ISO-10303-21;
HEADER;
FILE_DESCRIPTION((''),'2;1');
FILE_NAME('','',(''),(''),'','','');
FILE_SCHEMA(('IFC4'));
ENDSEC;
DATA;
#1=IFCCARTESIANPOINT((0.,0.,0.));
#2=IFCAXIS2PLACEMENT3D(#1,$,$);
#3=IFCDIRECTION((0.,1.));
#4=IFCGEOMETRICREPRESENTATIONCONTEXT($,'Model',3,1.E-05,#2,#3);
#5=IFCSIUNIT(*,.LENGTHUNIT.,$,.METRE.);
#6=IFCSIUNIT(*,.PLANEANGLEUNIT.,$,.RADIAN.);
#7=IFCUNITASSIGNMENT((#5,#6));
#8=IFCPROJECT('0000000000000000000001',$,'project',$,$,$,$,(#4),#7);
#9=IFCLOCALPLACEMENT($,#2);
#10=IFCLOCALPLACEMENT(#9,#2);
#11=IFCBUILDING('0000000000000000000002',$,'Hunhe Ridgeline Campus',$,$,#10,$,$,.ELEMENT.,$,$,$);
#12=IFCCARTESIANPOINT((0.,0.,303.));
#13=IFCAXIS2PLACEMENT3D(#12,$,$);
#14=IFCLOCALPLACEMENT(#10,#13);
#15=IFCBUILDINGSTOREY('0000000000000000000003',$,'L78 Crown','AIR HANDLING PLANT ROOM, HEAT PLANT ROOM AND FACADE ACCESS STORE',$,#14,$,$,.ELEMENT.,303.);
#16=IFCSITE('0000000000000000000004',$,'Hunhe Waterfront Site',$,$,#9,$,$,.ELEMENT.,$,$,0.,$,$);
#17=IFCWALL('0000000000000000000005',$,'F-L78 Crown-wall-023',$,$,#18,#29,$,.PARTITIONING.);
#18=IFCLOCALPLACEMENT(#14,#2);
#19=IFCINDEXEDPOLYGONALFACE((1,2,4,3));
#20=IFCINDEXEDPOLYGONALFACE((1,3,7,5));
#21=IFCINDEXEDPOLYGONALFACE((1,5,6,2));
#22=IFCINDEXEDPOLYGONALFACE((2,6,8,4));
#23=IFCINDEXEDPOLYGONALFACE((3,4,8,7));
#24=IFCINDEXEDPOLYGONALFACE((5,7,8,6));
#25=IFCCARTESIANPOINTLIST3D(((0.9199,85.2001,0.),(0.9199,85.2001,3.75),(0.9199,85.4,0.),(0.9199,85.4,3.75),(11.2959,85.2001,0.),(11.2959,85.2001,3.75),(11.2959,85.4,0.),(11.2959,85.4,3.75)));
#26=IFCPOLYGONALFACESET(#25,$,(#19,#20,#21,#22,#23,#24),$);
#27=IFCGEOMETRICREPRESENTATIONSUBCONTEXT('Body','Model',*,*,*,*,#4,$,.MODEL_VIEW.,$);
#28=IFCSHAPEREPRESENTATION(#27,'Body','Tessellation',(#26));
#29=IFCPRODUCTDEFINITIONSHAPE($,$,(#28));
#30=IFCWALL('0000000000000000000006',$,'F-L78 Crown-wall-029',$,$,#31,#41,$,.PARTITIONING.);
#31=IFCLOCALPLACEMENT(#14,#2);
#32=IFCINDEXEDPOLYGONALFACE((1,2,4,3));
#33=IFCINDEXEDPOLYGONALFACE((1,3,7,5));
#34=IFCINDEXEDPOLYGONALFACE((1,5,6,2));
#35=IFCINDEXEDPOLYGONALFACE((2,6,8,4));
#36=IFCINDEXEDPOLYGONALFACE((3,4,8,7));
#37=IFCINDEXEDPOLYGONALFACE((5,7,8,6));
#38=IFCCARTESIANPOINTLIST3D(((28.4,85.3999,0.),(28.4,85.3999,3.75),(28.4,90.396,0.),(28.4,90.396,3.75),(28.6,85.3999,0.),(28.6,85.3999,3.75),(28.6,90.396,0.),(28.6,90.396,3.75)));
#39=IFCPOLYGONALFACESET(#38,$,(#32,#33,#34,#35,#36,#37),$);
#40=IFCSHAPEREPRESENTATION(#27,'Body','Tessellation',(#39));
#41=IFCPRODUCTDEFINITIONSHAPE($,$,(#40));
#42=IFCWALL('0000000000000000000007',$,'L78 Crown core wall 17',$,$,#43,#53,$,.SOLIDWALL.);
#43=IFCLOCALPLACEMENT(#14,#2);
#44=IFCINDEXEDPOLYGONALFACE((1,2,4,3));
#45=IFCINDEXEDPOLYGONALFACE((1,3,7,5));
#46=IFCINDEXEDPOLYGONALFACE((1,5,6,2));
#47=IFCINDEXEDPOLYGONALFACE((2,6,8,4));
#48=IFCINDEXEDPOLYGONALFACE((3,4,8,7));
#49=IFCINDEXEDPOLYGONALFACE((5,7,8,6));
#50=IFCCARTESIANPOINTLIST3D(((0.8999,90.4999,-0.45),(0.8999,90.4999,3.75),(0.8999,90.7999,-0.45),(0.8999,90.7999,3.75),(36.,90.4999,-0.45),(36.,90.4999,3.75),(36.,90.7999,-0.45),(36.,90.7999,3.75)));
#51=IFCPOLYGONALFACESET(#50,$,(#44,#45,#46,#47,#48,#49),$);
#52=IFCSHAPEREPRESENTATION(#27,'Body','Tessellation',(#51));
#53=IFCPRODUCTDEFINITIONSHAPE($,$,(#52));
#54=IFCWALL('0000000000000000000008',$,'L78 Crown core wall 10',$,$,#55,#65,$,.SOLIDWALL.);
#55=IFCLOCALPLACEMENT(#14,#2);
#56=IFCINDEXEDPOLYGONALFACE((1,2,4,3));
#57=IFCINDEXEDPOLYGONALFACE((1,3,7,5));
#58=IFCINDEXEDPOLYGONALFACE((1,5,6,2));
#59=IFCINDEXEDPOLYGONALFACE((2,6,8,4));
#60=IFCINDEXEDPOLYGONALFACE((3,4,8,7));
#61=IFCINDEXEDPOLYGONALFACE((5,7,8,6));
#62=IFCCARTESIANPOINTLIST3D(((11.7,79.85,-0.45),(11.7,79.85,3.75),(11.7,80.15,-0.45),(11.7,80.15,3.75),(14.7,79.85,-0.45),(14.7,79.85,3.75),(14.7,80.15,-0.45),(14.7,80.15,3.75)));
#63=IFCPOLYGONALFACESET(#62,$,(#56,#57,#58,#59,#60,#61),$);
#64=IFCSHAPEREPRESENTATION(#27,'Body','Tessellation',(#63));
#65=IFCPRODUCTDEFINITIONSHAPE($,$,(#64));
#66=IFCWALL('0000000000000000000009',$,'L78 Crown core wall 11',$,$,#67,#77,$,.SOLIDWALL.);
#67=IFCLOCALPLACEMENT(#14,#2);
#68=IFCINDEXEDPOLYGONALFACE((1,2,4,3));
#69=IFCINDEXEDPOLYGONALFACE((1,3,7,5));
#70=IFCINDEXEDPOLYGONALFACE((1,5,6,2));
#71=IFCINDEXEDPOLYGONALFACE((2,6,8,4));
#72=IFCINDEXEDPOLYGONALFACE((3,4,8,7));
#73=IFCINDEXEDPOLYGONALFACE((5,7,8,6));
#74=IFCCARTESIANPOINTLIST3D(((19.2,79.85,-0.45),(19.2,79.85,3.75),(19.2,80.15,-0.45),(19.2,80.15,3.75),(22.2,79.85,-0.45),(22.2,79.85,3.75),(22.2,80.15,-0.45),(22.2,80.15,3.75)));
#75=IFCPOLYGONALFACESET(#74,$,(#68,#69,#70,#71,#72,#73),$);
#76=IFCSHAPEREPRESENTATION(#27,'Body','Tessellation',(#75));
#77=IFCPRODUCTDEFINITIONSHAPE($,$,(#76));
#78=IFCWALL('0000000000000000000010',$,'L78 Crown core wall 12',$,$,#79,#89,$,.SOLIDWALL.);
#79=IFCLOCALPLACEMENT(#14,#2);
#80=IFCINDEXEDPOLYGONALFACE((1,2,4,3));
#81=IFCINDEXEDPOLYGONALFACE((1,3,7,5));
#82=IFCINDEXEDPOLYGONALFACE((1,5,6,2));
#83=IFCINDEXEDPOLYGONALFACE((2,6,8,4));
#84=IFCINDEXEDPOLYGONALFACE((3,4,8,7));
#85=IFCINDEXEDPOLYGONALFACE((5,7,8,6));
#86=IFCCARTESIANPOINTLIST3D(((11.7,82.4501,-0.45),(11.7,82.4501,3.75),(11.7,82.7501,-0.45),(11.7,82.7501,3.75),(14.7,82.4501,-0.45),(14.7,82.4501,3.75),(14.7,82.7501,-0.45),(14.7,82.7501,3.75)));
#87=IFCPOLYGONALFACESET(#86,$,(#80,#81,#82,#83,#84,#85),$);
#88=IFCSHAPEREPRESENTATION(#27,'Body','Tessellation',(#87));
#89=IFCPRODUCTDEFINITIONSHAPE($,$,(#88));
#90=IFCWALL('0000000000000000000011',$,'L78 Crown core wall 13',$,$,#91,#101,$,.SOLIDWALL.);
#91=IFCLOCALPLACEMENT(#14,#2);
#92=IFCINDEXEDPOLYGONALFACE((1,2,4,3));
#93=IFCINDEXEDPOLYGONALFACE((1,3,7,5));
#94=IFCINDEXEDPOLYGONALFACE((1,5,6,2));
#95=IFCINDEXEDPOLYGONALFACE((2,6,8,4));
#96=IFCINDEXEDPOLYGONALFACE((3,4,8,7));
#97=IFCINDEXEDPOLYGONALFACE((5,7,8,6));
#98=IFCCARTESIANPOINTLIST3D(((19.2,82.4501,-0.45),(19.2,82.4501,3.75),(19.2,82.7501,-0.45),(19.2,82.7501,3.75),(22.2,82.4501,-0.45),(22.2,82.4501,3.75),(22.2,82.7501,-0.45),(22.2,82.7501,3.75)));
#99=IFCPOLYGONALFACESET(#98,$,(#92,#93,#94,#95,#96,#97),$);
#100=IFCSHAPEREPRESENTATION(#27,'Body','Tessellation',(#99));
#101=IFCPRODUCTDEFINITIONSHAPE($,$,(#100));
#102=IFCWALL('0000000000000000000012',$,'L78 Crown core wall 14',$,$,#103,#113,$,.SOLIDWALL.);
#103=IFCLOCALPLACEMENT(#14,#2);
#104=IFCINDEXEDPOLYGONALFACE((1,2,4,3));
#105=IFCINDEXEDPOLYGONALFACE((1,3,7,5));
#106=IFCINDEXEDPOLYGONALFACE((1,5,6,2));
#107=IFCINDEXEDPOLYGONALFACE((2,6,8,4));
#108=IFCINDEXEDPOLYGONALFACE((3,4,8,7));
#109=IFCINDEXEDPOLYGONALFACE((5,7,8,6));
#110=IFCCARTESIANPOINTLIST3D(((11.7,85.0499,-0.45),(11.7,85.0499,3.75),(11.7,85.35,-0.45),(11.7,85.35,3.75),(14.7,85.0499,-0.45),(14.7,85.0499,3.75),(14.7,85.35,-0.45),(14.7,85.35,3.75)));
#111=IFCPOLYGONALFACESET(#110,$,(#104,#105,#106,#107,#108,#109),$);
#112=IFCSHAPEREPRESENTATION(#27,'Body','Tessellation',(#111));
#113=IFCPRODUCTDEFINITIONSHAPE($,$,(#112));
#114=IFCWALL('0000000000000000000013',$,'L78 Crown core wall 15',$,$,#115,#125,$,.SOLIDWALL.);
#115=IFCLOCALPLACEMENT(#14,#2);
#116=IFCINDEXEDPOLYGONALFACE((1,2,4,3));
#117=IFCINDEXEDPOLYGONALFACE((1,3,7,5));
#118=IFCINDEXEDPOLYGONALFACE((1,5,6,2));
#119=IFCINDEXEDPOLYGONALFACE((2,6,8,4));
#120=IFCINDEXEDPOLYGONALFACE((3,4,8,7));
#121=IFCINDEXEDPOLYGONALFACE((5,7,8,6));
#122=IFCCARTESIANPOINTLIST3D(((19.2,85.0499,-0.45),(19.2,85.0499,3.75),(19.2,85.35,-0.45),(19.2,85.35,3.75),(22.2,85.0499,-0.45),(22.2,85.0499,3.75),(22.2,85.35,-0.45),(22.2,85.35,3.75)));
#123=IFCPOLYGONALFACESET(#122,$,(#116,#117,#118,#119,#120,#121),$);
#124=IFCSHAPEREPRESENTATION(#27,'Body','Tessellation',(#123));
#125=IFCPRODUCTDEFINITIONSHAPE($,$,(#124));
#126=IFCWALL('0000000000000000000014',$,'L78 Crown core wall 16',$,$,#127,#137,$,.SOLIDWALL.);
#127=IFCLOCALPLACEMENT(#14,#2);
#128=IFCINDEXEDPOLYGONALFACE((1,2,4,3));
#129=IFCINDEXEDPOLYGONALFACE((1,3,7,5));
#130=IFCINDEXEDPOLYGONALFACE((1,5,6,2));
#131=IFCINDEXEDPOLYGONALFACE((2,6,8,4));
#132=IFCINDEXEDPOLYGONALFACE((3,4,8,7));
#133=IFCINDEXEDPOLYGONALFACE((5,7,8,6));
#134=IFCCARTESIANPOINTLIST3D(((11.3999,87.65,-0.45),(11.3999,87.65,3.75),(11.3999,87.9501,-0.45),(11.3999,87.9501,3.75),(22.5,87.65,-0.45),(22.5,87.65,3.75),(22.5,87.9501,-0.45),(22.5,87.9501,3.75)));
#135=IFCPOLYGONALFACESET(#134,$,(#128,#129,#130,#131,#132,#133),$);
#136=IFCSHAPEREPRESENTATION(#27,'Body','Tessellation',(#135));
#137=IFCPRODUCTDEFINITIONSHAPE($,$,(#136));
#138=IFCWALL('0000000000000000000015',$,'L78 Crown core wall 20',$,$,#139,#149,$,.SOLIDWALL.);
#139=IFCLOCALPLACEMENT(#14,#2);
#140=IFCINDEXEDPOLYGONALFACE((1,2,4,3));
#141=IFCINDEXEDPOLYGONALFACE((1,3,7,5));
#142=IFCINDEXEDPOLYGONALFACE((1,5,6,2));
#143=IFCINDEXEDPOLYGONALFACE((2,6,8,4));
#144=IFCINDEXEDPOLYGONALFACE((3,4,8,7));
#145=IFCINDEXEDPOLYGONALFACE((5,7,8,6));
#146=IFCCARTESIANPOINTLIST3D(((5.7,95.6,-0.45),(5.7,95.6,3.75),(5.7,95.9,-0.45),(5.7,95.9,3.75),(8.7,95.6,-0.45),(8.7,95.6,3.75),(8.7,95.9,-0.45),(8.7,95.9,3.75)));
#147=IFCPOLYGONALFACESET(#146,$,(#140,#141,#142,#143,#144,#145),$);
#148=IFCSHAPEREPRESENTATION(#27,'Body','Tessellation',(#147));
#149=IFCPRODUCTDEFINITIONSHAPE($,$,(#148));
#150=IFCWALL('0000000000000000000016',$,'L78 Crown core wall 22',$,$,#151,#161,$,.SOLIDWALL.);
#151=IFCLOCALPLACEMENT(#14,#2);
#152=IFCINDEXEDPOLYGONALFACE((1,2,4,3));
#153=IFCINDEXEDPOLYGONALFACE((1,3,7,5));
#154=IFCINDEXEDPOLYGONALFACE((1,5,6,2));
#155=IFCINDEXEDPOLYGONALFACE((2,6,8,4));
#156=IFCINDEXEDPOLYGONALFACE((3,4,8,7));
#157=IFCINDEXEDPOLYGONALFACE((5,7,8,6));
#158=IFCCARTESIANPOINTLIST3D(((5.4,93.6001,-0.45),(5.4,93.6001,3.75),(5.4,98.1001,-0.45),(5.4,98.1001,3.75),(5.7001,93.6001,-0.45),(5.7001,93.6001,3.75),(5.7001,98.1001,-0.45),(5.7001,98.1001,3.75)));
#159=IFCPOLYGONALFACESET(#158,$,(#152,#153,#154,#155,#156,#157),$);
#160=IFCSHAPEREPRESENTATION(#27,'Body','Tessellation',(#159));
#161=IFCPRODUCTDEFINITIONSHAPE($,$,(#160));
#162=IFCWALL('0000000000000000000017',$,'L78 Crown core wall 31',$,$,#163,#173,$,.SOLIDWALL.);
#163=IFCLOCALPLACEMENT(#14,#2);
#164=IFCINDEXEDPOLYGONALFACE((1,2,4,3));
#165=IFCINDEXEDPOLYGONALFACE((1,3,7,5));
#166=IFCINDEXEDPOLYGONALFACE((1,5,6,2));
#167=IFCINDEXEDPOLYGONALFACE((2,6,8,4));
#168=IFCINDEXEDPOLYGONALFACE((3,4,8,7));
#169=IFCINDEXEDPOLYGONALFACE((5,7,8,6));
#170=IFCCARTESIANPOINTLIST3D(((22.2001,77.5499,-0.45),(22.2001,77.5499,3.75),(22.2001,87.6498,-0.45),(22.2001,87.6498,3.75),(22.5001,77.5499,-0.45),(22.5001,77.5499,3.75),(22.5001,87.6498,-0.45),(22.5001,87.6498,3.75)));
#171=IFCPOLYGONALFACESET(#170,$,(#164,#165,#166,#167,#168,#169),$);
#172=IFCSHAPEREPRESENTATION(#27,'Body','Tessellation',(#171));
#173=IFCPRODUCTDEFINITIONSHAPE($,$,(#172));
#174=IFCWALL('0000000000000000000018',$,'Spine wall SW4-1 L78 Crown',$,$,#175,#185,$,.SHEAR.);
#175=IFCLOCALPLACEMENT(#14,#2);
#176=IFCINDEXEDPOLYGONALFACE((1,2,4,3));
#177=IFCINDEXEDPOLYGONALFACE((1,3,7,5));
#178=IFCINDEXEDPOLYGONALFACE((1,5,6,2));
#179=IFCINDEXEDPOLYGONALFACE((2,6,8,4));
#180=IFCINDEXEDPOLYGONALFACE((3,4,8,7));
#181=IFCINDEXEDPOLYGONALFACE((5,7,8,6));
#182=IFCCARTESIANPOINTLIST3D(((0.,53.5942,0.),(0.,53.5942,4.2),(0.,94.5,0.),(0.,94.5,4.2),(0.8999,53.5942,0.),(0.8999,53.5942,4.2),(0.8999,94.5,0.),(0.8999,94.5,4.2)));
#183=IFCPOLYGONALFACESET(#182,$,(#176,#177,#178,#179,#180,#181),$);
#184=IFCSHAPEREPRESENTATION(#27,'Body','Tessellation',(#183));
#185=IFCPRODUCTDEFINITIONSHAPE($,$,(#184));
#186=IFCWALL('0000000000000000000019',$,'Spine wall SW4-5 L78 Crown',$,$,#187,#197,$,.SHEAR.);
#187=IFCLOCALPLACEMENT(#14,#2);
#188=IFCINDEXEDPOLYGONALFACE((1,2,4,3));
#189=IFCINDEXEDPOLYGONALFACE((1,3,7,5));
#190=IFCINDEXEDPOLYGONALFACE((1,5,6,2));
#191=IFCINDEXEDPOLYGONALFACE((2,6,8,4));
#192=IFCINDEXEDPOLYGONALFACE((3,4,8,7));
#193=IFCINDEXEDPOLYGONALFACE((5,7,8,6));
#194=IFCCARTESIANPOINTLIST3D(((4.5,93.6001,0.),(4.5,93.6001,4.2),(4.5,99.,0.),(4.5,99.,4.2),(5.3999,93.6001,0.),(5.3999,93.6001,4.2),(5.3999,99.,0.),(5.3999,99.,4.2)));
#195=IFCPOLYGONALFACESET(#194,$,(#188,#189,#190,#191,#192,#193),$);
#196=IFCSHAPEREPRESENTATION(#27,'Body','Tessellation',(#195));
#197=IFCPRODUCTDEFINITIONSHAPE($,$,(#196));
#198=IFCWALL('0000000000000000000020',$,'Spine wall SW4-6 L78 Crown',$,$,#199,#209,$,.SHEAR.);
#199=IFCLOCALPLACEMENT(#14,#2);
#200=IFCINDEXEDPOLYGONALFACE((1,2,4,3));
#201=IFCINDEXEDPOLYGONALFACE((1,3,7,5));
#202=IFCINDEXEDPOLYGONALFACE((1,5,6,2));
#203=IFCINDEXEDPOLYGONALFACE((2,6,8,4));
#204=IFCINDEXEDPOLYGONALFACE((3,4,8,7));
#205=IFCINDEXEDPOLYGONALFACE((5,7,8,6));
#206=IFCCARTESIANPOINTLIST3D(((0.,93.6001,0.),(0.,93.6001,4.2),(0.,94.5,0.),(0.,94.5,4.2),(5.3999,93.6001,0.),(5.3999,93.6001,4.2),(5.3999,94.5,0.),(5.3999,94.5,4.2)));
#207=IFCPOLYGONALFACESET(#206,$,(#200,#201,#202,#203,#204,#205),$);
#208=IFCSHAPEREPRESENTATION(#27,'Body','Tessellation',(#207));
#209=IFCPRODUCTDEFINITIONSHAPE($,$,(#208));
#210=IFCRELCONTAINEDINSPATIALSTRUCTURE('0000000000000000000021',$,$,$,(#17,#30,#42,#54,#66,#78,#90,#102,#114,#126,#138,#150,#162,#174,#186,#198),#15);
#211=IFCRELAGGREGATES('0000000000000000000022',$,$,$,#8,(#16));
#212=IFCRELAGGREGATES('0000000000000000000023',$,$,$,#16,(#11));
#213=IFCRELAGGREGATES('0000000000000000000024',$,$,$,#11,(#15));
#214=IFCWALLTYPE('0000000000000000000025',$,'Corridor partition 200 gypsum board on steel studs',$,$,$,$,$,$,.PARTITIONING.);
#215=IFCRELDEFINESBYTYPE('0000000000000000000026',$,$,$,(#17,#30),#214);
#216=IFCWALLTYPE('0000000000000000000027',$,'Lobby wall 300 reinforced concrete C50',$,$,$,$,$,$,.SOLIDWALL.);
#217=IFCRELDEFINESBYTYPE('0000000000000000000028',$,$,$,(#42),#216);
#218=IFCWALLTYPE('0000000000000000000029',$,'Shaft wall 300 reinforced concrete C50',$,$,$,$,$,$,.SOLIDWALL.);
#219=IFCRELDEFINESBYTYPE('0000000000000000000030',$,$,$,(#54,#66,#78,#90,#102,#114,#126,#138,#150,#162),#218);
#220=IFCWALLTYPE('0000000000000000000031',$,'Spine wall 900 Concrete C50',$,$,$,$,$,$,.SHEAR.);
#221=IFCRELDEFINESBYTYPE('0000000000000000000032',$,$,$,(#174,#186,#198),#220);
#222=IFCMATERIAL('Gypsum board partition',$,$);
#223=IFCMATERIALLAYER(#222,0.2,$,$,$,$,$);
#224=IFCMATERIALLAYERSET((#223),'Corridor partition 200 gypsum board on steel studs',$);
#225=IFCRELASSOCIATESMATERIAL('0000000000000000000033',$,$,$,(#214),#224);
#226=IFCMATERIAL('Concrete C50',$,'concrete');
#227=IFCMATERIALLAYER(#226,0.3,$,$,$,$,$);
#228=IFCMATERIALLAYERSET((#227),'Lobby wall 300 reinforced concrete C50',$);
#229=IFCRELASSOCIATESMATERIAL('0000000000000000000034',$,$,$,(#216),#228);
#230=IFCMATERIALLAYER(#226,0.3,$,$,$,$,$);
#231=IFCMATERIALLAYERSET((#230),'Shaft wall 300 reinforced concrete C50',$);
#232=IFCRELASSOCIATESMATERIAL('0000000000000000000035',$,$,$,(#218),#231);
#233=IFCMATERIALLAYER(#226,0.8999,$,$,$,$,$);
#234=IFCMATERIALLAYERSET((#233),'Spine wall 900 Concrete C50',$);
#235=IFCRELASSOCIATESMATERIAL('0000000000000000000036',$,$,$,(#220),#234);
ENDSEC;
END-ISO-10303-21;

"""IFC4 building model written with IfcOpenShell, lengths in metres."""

from ifc_helpers import new_model, si_unit, direction, frame, frame_2d, origin, place, context, subcontext, project, spatial, polyline, rectangle, outline, extrude, material, layer, layer_set, type_object, element, save


model = new_model("IFC4")

# Units and contexts
model_context = context("Model", 3, precision=1e-05, world=origin(), true_north=direction((0.0, 1.0)))
body_context = subcontext(model_context, "Body", "Model", "MODEL_VIEW")
ifc_project = project(units=[si_unit("LENGTHUNIT", "METRE"), si_unit("PLANEANGLEUNIT", "RADIAN")], contexts=[model_context])

# Site, building, storey
site_placement = place(None, origin())
site = spatial("IfcSite", under=ifc_project, at=site_placement, Name="Hunhe Waterfront Site", CompositionType="ELEMENT", RefElevation=0.0)
building_placement = place(site_placement, origin())
building = spatial("IfcBuilding", under=site, at=building_placement, Name="Hunhe Ridgeline Campus", CompositionType="ELEMENT")
storey_placement = place(building_placement, frame((0.0, 0.0, 303.0)))
storey = spatial("IfcBuildingStorey", under=building, at=storey_placement, Name="L78 Crown", Description="AIR HANDLING PLANT ROOM, HEAT PLANT ROOM AND FACADE ACCESS STORE", CompositionType="ELEMENT", Elevation=303.0)

# Wall
ifc_material_1 = material(Name="Gypsum board partition")
ifc_layer_1 = layer(ifc_material_1, 0.2)
ifc_layer_set_1 = layer_set([ifc_layer_1], Name="Corridor partition 200 gypsum board on steel studs")
wall_type_1 = type_object("IfcWallType", Name="Corridor partition 200 gypsum board on steel studs", PredefinedType="PARTITIONING", material=ifc_layer_set_1)
wall_1_placement = place(storey_placement, frame((0.9199, 85.3, 0.0), z_axis=(0.0, 0.0, 1.0), x_axis=(1.0, 0.0, 0.0)))
element("IfcWall", 1, at=wall_1_placement, inside=storey, type_object=wall_type_1, Name="F-L78 Crown-wall-023", PredefinedType="PARTITIONING", context=body_context, shape_type="SweptSolid", body=[
    extrude(rectangle(XDim=10.376, YDim=0.2, at=frame_2d((5.188, 0.0))), origin(), (0.0, 0.0, 1.0), 3.75),
])

# Walls
wall_2_placement = place(storey_placement, frame((28.5, 90.396, 0.0), z_axis=(0.0, 0.0, 1.0), x_axis=(0.0, -1.0, 0.0)))
element("IfcWall", 2, at=wall_2_placement, inside=storey, type_object=wall_type_1, Name="F-L78 Crown-wall-029", PredefinedType="PARTITIONING", context=body_context, shape_type="SweptSolid", body=[
    extrude(rectangle(XDim=4.9961, YDim=0.2, at=frame_2d((2.498, 0.0))), origin(), (0.0, 0.0, 1.0), 3.75),
])
ifc_material_2 = material(Name="Concrete C50", Category="concrete")
ifc_layer_2 = layer(ifc_material_2, 0.3)
ifc_layer_set_2 = layer_set([ifc_layer_2], Name="Lobby wall 300 reinforced concrete C50")
wall_type_2 = type_object("IfcWallType", Name="Lobby wall 300 reinforced concrete C50", PredefinedType="SOLIDWALL", material=ifc_layer_set_2)
wall_3_placement = place(storey_placement, frame((0.8999, 90.6499, -0.45), z_axis=(0.0, 0.0, 1.0), x_axis=(1.0, 0.0, 0.0)))
element("IfcWall", 3, at=wall_3_placement, inside=storey, type_object=wall_type_2, Name="L78 Crown core wall 17", PredefinedType="SOLIDWALL", context=body_context, shape_type="SweptSolid", body=[
    extrude(rectangle(XDim=35.1001, YDim=0.3, at=frame_2d((17.55, 0.0))), origin(), (0.0, 0.0, 1.0), 4.2),
])
ifc_layer_3 = layer(ifc_material_2, 0.3)
ifc_layer_set_3 = layer_set([ifc_layer_3], Name="Shaft wall 300 reinforced concrete C50")
wall_type_3 = type_object("IfcWallType", Name="Shaft wall 300 reinforced concrete C50", PredefinedType="SOLIDWALL", material=ifc_layer_set_3)
for number, where, z_axis, x_axis, name in (
    (4, (11.7, 80.0, -0.45), (0.0, 0.0, 1.0), (1.0, 0.0, 0.0), "L78 Crown core wall 10"),
    (5, (19.2, 80.0, -0.45), (0.0, 0.0, 1.0), (1.0, 0.0, 0.0), "L78 Crown core wall 11"),
    (6, (11.7, 82.6001, -0.45), (0.0, 0.0, 1.0), (1.0, 0.0, 0.0), "L78 Crown core wall 12"),
    (7, (19.2, 82.6001, -0.45), (0.0, 0.0, 1.0), (1.0, 0.0, 0.0), "L78 Crown core wall 13"),
    (8, (11.7, 85.2, -0.45), (0.0, 0.0, 1.0), (1.0, 0.0, 0.0), "L78 Crown core wall 14"),
    (9, (19.2, 85.2, -0.45), (0.0, 0.0, 1.0), (1.0, 0.0, 0.0), "L78 Crown core wall 15"),
):
    element("IfcWall", number, at=place(storey_placement, frame(where, z_axis=z_axis, x_axis=x_axis)), inside=storey, type_object=wall_type_3, Name=name, PredefinedType="SOLIDWALL", context=body_context, shape_type="SweptSolid", body=[
        extrude(rectangle(XDim=3.0, YDim=0.3, at=frame_2d((1.5, 0.0))), origin(), (0.0, 0.0, 1.0), 4.2),
    ])
wall_4_placement = place(storey_placement, frame((11.3999, 87.8, -0.45), z_axis=(0.0, 0.0, 1.0), x_axis=(1.0, 0.0, 0.0)))
element("IfcWall", 10, at=wall_4_placement, inside=storey, type_object=wall_type_3, Name="L78 Crown core wall 16", PredefinedType="SOLIDWALL", context=body_context, shape_type="SweptSolid", body=[
    extrude(rectangle(XDim=11.1001, YDim=0.3, at=frame_2d((5.55, 0.0))), origin(), (0.0, 0.0, 1.0), 4.2),
])

# Walls
wall_5_placement = place(storey_placement, frame((5.7, 95.75, -0.45), z_axis=(0.0, 0.0, 1.0), x_axis=(1.0, 0.0, 0.0)))
element("IfcWall", 11, at=wall_5_placement, inside=storey, type_object=wall_type_3, Name="L78 Crown core wall 20", PredefinedType="SOLIDWALL", context=body_context, shape_type="SweptSolid", body=[
    extrude(rectangle(XDim=3.0, YDim=0.3, at=frame_2d((1.5, 0.0))), origin(), (0.0, 0.0, 1.0), 4.2),
])
wall_6_placement = place(storey_placement, frame((5.55, 93.6001, -0.45), z_axis=(0.0, 0.0, 1.0), x_axis=(0.0, 1.0, 0.0)))
element("IfcWall", 12, at=wall_6_placement, inside=storey, type_object=wall_type_3, Name="L78 Crown core wall 22", PredefinedType="SOLIDWALL", context=body_context, shape_type="SweptSolid", body=[
    extrude(rectangle(XDim=4.5, YDim=0.3, at=frame_2d((2.25, 0.0))), origin(), (0.0, 0.0, 1.0), 4.2),
])

# Walls
wall_7_placement = place(storey_placement, frame((22.3501, 77.55, -0.45), z_axis=(0.0, 0.0, 1.0), x_axis=(0.0, 1.0, 0.0)))
element("IfcWall", 13, at=wall_7_placement, inside=storey, type_object=wall_type_3, Name="L78 Crown core wall 31", PredefinedType="SOLIDWALL", context=body_context, shape_type="SweptSolid", body=[
    extrude(rectangle(XDim=10.0999, YDim=0.3, at=frame_2d((5.0498, 0.0))), origin(), (0.0, 0.0, 1.0), 4.2),
])
ifc_layer_4 = layer(ifc_material_2, 0.8999)
ifc_layer_set_4 = layer_set([ifc_layer_4], Name="Spine wall 900 Concrete C50")
wall_type_4 = type_object("IfcWallType", Name="Spine wall 900 Concrete C50", PredefinedType="SHEAR", material=ifc_layer_set_4)
wall_8_placement = place(storey_placement, frame((0.45, 94.5, 0.0), z_axis=(0.0, 0.0, 1.0), x_axis=(0.0, -1.0, 0.0)))
element("IfcWall", 14, at=wall_8_placement, inside=storey, type_object=wall_type_4, Name="Spine wall SW4-1 L78 Crown", PredefinedType="SHEAR", context=body_context, shape_type="SweptSolid", body=[
    extrude(outline(polyline([(0.0, 0.0), (40.9058, 0.0), (40.9058, 4.2), (0.0, 4.2), (0.0, 0.0)])), frame((0.0, 0.45, 0.0), z_axis=(0.0, -1.0, 0.0), x_axis=(1.0, 0.0, 0.0)), (0.0, 0.0, 1.0), 0.8999),
])
for number, where, z_axis, x_axis, name in (
    (15, (4.95, 99.0, 0.0), (0.0, 0.0, 1.0), (0.0, -1.0, 0.0), "Spine wall SW4-5 L78 Crown"),
    (16, (5.3999, 94.05, 0.0), (0.0, 0.0, 1.0), (-1.0, 0.0, 0.0), "Spine wall SW4-6 L78 Crown"),
):
    element("IfcWall", number, at=place(storey_placement, frame(where, z_axis=z_axis, x_axis=x_axis)), inside=storey, type_object=wall_type_4, Name=name, PredefinedType="SHEAR", context=body_context, shape_type="SweptSolid", body=[
        extrude(outline(polyline([(0.0, 0.0), (5.3999, 0.0), (5.3999, 4.2), (0.0, 4.2), (0.0, 0.0)])), frame((0.0, 0.45, 0.0), z_axis=(0.0, -1.0, 0.0), x_axis=(1.0, 0.0, 0.0)), (0.0, 0.0, 1.0), 0.8999),
    ])

save(model, "model.ifc")
